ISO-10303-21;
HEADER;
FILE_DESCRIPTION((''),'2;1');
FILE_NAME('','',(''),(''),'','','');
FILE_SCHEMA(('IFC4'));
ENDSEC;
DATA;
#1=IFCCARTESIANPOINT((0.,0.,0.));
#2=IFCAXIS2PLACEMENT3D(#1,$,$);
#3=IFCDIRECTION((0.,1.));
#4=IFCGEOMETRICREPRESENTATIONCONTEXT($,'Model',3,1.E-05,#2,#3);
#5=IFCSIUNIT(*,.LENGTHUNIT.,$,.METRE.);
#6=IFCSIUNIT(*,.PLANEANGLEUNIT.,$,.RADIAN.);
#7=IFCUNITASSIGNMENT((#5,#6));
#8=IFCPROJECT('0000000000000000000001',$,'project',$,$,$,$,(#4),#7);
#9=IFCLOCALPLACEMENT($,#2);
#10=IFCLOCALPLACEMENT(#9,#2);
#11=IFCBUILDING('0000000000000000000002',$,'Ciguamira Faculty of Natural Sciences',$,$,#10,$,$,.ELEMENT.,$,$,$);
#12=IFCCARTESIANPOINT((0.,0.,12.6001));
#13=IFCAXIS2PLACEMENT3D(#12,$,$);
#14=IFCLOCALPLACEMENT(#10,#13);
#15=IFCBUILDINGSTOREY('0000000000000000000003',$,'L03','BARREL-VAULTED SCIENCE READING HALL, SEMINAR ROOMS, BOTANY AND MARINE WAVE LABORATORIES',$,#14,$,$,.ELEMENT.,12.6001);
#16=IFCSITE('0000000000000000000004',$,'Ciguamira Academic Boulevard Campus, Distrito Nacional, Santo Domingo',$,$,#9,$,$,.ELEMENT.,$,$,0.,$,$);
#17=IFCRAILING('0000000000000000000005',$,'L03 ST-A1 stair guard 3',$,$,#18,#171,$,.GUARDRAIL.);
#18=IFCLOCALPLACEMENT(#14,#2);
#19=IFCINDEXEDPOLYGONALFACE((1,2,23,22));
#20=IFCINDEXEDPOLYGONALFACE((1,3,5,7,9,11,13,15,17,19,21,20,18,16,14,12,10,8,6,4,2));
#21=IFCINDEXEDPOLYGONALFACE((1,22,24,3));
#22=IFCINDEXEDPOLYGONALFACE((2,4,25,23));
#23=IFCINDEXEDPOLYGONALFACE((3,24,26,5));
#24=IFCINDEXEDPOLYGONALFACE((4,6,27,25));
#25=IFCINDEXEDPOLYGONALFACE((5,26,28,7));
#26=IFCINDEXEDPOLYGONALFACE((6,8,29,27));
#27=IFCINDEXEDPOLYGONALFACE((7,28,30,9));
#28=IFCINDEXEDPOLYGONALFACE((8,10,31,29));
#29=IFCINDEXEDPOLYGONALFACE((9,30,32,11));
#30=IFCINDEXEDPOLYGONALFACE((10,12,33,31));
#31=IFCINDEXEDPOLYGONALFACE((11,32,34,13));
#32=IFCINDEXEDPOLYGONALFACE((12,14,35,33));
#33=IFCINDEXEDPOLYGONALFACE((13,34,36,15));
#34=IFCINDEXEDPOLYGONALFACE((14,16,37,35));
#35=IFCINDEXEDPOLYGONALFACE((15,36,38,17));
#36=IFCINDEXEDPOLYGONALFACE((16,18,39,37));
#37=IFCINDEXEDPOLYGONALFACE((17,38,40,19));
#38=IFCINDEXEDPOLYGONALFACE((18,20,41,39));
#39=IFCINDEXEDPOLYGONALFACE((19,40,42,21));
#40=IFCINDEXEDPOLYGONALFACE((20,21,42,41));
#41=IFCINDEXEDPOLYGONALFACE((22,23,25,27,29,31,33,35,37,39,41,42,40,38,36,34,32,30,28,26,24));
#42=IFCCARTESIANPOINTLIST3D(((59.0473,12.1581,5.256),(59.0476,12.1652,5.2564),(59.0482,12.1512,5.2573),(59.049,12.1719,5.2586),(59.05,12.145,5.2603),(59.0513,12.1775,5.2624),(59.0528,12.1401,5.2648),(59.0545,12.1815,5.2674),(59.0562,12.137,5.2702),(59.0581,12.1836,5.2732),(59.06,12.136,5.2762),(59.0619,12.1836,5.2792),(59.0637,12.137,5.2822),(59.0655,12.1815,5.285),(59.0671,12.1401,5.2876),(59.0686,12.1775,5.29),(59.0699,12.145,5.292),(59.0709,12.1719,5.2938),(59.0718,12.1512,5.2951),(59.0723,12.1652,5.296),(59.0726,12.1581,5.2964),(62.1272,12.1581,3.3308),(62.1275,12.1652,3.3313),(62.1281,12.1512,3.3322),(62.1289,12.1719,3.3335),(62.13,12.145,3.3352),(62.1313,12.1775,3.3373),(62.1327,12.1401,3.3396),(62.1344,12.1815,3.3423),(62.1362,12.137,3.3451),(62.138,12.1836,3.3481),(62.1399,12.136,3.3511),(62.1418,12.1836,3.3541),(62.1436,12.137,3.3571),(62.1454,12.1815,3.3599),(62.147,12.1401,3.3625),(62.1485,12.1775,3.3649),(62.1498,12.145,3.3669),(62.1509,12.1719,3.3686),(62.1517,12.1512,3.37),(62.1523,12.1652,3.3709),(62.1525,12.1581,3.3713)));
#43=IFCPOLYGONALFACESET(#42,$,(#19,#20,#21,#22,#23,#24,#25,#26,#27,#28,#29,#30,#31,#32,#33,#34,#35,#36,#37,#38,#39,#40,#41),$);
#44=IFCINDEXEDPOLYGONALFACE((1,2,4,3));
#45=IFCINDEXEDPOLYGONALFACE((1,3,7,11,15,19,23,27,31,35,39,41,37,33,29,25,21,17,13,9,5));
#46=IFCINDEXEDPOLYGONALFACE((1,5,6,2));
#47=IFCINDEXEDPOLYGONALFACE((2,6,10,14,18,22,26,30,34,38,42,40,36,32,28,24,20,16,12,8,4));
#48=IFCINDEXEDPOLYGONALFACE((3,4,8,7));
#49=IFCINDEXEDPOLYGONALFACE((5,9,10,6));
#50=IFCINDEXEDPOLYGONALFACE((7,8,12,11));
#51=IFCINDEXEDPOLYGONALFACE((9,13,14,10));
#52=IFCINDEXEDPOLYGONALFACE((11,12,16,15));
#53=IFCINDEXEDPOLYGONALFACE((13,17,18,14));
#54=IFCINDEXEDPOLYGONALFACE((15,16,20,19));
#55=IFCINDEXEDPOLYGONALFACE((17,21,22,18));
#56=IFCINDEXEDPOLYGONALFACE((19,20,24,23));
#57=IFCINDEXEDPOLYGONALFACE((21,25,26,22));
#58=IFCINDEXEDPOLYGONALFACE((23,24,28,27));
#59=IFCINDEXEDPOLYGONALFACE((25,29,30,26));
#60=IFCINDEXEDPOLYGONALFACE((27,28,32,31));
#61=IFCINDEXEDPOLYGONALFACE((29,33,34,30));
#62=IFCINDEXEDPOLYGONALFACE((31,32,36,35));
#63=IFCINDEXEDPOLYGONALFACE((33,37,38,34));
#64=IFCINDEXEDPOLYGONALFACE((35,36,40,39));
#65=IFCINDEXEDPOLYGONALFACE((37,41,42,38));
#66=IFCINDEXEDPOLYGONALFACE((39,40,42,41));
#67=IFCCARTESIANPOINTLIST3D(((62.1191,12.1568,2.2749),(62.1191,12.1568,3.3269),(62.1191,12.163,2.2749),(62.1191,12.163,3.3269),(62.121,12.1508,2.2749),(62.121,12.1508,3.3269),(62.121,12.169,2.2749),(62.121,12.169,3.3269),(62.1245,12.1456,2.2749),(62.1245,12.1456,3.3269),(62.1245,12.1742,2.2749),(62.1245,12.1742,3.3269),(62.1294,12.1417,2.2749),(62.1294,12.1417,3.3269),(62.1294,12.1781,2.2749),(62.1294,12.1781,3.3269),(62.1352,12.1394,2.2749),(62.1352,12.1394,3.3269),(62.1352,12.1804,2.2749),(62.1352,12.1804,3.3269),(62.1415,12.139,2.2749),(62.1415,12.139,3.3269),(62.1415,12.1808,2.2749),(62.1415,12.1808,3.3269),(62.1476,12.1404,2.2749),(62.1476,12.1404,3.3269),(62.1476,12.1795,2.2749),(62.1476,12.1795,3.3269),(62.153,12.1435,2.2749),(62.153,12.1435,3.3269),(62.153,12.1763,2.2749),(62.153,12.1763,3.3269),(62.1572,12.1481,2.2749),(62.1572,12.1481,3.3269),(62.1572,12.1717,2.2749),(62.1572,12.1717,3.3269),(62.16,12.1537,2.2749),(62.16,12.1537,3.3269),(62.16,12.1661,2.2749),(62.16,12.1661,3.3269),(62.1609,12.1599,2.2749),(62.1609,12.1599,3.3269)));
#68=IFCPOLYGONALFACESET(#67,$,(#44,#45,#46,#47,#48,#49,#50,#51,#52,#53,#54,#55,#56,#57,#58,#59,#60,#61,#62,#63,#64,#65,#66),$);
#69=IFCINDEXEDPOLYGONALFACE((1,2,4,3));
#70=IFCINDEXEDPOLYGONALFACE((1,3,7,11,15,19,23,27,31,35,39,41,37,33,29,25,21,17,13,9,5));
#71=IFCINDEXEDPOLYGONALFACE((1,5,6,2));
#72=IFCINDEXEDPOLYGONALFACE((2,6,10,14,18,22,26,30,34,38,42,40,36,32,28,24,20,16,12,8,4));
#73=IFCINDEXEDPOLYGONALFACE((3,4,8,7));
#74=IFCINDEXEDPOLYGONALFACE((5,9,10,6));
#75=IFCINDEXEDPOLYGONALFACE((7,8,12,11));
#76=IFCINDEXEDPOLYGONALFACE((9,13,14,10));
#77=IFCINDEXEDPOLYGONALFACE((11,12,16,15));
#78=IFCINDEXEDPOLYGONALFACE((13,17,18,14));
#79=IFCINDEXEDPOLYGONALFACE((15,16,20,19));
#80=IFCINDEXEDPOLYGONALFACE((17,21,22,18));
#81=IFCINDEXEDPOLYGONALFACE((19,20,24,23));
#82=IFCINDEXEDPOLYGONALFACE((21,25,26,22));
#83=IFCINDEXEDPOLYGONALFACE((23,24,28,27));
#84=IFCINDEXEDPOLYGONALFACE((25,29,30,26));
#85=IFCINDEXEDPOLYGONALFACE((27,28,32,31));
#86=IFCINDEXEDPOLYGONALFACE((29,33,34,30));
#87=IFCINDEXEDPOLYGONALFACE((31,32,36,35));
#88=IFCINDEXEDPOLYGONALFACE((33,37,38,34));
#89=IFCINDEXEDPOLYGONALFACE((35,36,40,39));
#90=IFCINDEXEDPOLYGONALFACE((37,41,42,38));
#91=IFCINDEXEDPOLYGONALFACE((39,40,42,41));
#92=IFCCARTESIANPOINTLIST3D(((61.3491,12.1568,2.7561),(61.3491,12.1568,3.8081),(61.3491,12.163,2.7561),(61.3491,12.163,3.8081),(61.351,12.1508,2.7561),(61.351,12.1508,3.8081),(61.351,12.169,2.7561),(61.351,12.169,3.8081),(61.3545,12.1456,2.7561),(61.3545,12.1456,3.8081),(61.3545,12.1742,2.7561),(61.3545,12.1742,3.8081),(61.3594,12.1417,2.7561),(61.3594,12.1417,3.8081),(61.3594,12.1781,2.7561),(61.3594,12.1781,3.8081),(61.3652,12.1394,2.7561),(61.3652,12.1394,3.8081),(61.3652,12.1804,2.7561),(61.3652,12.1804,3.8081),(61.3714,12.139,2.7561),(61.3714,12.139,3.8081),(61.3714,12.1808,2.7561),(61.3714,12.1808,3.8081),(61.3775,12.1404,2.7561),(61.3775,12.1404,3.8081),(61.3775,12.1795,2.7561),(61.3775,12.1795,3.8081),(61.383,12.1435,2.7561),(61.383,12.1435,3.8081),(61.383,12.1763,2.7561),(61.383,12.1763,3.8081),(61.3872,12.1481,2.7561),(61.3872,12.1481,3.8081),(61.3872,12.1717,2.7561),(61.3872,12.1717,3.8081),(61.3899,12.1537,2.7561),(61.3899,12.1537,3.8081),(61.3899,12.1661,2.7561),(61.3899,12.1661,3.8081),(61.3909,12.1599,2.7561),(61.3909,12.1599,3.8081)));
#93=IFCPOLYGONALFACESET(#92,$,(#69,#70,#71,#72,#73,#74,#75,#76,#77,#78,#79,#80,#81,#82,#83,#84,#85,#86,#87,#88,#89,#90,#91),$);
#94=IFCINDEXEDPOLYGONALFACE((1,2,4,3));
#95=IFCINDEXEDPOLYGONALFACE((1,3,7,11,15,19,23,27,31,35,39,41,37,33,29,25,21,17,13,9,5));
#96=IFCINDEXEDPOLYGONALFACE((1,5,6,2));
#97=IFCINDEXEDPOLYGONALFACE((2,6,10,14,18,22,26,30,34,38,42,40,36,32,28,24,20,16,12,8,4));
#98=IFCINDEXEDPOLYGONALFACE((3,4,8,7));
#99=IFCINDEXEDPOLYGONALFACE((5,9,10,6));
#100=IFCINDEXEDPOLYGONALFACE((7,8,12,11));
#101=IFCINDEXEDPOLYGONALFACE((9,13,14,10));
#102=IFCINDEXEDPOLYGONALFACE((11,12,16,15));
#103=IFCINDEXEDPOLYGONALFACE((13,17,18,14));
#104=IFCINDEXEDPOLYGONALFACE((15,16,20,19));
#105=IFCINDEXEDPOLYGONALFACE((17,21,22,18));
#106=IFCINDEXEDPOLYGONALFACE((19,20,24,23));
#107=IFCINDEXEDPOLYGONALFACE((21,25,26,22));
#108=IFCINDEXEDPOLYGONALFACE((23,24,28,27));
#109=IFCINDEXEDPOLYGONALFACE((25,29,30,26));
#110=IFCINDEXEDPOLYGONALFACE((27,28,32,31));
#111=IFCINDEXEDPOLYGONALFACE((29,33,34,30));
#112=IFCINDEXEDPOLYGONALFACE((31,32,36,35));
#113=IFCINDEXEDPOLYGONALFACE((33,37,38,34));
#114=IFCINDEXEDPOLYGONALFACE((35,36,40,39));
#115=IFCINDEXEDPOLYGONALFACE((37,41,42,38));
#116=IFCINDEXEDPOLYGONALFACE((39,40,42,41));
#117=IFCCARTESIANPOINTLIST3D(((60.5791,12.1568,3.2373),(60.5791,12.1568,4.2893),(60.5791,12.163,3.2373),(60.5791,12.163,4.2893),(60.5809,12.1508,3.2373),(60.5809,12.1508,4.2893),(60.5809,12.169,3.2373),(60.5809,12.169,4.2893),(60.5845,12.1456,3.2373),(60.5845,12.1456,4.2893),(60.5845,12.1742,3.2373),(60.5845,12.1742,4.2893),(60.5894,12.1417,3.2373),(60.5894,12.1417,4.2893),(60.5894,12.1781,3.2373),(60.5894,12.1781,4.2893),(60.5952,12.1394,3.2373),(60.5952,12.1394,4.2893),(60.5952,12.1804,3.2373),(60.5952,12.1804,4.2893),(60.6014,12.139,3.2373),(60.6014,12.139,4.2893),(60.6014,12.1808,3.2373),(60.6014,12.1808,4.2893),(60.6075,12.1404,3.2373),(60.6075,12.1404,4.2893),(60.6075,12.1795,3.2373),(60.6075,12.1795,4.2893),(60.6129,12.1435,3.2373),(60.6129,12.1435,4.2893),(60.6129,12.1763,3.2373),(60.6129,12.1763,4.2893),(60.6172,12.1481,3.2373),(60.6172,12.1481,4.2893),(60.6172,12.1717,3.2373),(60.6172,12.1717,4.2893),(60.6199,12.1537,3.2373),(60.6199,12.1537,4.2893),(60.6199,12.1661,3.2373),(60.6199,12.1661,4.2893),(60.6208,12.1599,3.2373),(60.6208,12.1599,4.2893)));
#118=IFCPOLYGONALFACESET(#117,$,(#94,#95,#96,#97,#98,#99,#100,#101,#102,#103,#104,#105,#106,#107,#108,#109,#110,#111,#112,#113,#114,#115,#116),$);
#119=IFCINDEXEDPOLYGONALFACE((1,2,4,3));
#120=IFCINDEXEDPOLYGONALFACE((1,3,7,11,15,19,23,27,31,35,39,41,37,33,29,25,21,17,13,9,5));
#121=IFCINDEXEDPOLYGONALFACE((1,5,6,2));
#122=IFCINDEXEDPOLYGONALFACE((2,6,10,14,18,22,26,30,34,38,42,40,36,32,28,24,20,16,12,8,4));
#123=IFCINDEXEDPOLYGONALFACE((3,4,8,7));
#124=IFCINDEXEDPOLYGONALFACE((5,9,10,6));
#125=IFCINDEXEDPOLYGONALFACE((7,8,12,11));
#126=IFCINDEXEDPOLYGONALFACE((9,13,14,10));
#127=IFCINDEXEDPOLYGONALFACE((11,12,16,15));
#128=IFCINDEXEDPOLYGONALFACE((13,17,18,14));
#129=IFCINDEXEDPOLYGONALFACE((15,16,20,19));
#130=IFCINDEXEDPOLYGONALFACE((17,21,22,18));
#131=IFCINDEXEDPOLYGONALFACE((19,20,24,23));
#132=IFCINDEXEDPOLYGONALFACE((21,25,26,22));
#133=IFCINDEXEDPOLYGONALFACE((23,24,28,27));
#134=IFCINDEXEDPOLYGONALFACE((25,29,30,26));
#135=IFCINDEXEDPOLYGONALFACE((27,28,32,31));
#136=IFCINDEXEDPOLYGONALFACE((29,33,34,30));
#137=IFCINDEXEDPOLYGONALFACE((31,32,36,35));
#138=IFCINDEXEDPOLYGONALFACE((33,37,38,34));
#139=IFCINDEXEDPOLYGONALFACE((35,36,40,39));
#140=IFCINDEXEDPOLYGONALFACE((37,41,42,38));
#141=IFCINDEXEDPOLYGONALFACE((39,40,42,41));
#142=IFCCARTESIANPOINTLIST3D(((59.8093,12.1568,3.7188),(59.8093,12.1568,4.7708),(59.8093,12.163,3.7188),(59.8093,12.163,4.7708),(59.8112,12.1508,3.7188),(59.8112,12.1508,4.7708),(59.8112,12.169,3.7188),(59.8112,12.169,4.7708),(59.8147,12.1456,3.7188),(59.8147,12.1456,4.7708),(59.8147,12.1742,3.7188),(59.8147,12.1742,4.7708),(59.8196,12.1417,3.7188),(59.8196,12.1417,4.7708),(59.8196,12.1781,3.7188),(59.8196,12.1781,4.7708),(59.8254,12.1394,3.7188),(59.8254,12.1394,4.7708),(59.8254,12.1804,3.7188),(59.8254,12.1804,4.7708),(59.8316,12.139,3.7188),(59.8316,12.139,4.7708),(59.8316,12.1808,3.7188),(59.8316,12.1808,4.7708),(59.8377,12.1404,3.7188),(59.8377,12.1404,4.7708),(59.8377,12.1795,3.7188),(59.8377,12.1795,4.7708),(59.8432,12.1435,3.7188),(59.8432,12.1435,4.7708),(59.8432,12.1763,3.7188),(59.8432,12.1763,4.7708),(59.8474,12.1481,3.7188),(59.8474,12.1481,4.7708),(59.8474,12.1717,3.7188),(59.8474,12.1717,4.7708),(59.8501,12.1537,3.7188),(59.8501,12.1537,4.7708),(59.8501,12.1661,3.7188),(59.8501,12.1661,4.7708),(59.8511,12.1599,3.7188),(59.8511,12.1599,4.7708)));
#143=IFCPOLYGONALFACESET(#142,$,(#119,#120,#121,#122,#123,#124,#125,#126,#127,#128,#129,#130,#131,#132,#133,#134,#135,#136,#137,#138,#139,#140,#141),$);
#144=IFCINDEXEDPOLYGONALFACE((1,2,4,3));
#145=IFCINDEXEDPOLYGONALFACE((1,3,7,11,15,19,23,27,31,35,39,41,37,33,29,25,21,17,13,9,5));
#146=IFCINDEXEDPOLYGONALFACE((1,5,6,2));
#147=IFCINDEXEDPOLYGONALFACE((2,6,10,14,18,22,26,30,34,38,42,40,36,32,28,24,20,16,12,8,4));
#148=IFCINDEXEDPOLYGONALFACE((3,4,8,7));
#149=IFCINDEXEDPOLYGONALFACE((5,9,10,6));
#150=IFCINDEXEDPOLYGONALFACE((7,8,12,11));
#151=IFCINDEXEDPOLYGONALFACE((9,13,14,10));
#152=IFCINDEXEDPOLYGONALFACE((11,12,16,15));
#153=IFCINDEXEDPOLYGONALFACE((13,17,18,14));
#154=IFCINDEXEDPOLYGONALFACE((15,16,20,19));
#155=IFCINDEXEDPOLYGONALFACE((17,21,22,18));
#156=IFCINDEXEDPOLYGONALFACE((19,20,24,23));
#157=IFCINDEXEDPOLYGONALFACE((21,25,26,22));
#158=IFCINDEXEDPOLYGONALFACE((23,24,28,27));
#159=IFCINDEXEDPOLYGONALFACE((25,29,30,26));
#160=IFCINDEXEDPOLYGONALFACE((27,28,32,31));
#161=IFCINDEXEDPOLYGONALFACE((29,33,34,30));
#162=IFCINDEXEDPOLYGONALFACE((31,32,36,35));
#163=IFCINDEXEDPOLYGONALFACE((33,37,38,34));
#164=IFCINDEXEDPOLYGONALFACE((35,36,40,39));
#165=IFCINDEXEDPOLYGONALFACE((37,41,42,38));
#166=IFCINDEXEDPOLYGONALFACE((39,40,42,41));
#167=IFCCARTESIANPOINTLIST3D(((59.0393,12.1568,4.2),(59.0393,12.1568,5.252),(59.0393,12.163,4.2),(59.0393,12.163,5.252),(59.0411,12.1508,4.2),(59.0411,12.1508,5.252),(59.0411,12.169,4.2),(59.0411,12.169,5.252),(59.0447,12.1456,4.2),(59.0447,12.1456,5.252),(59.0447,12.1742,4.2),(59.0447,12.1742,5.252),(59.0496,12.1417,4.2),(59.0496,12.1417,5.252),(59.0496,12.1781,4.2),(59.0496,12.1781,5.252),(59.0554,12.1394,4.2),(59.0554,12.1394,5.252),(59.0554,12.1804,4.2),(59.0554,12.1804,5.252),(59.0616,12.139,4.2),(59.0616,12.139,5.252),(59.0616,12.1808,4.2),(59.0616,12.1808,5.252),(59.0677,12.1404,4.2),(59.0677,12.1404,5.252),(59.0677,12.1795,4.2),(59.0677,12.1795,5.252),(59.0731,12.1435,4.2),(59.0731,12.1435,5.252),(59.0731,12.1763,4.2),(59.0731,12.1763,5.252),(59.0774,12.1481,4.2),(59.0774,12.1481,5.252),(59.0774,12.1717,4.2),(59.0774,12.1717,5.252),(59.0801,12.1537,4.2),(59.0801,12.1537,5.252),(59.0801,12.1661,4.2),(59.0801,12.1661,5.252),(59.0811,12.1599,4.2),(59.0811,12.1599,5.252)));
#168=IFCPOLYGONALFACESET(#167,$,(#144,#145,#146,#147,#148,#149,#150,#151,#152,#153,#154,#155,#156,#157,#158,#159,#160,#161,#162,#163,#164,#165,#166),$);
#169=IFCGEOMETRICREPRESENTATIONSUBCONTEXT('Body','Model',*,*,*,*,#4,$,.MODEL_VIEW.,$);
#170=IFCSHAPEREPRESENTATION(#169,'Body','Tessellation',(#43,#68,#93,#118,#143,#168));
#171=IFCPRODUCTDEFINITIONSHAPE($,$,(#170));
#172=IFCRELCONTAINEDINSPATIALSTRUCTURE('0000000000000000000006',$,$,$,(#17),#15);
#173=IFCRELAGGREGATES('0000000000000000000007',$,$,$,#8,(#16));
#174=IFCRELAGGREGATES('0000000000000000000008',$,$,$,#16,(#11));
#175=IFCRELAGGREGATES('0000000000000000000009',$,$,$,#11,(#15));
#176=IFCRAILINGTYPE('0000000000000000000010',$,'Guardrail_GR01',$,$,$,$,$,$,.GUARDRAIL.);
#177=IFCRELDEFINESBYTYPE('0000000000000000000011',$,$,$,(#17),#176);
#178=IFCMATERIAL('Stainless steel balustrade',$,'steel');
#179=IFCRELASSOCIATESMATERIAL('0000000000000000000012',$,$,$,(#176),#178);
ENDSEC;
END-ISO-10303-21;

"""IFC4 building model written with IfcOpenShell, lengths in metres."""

from ifc_helpers import new_model, si_unit, direction, frame, origin, origin_2d, place, context, subcontext, project, spatial, circle, extrude, material, type_object, element, save


model = new_model("IFC4")

# Units and contexts
model_context = context("Model", 3, precision=1e-05, world=origin(), true_north=direction((0.0, 1.0)))
body_context = subcontext(model_context, "Body", "Model", "MODEL_VIEW")
ifc_project = project(units=[si_unit("LENGTHUNIT", "METRE"), si_unit("PLANEANGLEUNIT", "RADIAN")], contexts=[model_context])

# Site, building, storey
site_placement = place(None, origin())
site = spatial("IfcSite", under=ifc_project, at=site_placement, Name="Ciguamira Academic Boulevard Campus, Distrito Nacional, Santo Domingo", CompositionType="ELEMENT", RefElevation=0.0)
building_placement = place(site_placement, origin())
building = spatial("IfcBuilding", under=site, at=building_placement, Name="Ciguamira Faculty of Natural Sciences", CompositionType="ELEMENT")
storey_placement = place(building_placement, frame((0.0, 0.0, 12.6001)))
storey = spatial("IfcBuildingStorey", under=building, at=storey_placement, Name="L03", Description="BARREL-VAULTED SCIENCE READING HALL, SEMINAR ROOMS, BOTANY AND MARINE WAVE LABORATORIES", CompositionType="ELEMENT", Elevation=12.6001)

# Railing
ifc_material_1 = material(Name="Stainless steel balustrade", Category="steel")
railing_type_1 = type_object("IfcRailingType", Name="Guardrail_GR01", PredefinedType="GUARDRAIL", material=ifc_material_1)
railing_1_placement = place(storey_placement, frame((62.1399, 12.1599, 2.2749)))
element("IfcRailing", 1, at=railing_1_placement, inside=storey, type_object=railing_type_1, Name="L03 ST-A1 stair guard 3", PredefinedType="GUARDRAIL", context=body_context, shape_type="SweptSolid", body=[
    extrude(circle(Radius=0.0239, at=origin_2d()), frame((0.0, 0.0, 1.0762), z_axis=(-0.847979, 0.0, 0.530029), x_axis=(0.0, -1.0, 0.0)), (0.0, 0.0, 1.0), 3.6321),
    extrude(circle(Radius=0.021, at=origin_2d()), origin(), (0.0, 0.0, 1.0), 1.052),
    extrude(circle(Radius=0.021, at=origin_2d()), frame((-0.77, 0.0, 0.4812)), (0.0, 0.0, 1.0), 1.052),
    extrude(circle(Radius=0.021, at=origin_2d()), frame((-1.54, 0.0, 0.9624)), (0.0, 0.0, 1.0), 1.052),
    extrude(circle(Radius=0.021, at=origin_2d()), frame((-2.3098, 0.0, 1.4438)), (0.0, 0.0, 1.0), 1.052),
    extrude(circle(Radius=0.021, at=origin_2d()), frame((-3.0798, 0.0, 1.925)), (0.0, 0.0, 1.0), 1.052),
])

save(model, "model.ifc")
